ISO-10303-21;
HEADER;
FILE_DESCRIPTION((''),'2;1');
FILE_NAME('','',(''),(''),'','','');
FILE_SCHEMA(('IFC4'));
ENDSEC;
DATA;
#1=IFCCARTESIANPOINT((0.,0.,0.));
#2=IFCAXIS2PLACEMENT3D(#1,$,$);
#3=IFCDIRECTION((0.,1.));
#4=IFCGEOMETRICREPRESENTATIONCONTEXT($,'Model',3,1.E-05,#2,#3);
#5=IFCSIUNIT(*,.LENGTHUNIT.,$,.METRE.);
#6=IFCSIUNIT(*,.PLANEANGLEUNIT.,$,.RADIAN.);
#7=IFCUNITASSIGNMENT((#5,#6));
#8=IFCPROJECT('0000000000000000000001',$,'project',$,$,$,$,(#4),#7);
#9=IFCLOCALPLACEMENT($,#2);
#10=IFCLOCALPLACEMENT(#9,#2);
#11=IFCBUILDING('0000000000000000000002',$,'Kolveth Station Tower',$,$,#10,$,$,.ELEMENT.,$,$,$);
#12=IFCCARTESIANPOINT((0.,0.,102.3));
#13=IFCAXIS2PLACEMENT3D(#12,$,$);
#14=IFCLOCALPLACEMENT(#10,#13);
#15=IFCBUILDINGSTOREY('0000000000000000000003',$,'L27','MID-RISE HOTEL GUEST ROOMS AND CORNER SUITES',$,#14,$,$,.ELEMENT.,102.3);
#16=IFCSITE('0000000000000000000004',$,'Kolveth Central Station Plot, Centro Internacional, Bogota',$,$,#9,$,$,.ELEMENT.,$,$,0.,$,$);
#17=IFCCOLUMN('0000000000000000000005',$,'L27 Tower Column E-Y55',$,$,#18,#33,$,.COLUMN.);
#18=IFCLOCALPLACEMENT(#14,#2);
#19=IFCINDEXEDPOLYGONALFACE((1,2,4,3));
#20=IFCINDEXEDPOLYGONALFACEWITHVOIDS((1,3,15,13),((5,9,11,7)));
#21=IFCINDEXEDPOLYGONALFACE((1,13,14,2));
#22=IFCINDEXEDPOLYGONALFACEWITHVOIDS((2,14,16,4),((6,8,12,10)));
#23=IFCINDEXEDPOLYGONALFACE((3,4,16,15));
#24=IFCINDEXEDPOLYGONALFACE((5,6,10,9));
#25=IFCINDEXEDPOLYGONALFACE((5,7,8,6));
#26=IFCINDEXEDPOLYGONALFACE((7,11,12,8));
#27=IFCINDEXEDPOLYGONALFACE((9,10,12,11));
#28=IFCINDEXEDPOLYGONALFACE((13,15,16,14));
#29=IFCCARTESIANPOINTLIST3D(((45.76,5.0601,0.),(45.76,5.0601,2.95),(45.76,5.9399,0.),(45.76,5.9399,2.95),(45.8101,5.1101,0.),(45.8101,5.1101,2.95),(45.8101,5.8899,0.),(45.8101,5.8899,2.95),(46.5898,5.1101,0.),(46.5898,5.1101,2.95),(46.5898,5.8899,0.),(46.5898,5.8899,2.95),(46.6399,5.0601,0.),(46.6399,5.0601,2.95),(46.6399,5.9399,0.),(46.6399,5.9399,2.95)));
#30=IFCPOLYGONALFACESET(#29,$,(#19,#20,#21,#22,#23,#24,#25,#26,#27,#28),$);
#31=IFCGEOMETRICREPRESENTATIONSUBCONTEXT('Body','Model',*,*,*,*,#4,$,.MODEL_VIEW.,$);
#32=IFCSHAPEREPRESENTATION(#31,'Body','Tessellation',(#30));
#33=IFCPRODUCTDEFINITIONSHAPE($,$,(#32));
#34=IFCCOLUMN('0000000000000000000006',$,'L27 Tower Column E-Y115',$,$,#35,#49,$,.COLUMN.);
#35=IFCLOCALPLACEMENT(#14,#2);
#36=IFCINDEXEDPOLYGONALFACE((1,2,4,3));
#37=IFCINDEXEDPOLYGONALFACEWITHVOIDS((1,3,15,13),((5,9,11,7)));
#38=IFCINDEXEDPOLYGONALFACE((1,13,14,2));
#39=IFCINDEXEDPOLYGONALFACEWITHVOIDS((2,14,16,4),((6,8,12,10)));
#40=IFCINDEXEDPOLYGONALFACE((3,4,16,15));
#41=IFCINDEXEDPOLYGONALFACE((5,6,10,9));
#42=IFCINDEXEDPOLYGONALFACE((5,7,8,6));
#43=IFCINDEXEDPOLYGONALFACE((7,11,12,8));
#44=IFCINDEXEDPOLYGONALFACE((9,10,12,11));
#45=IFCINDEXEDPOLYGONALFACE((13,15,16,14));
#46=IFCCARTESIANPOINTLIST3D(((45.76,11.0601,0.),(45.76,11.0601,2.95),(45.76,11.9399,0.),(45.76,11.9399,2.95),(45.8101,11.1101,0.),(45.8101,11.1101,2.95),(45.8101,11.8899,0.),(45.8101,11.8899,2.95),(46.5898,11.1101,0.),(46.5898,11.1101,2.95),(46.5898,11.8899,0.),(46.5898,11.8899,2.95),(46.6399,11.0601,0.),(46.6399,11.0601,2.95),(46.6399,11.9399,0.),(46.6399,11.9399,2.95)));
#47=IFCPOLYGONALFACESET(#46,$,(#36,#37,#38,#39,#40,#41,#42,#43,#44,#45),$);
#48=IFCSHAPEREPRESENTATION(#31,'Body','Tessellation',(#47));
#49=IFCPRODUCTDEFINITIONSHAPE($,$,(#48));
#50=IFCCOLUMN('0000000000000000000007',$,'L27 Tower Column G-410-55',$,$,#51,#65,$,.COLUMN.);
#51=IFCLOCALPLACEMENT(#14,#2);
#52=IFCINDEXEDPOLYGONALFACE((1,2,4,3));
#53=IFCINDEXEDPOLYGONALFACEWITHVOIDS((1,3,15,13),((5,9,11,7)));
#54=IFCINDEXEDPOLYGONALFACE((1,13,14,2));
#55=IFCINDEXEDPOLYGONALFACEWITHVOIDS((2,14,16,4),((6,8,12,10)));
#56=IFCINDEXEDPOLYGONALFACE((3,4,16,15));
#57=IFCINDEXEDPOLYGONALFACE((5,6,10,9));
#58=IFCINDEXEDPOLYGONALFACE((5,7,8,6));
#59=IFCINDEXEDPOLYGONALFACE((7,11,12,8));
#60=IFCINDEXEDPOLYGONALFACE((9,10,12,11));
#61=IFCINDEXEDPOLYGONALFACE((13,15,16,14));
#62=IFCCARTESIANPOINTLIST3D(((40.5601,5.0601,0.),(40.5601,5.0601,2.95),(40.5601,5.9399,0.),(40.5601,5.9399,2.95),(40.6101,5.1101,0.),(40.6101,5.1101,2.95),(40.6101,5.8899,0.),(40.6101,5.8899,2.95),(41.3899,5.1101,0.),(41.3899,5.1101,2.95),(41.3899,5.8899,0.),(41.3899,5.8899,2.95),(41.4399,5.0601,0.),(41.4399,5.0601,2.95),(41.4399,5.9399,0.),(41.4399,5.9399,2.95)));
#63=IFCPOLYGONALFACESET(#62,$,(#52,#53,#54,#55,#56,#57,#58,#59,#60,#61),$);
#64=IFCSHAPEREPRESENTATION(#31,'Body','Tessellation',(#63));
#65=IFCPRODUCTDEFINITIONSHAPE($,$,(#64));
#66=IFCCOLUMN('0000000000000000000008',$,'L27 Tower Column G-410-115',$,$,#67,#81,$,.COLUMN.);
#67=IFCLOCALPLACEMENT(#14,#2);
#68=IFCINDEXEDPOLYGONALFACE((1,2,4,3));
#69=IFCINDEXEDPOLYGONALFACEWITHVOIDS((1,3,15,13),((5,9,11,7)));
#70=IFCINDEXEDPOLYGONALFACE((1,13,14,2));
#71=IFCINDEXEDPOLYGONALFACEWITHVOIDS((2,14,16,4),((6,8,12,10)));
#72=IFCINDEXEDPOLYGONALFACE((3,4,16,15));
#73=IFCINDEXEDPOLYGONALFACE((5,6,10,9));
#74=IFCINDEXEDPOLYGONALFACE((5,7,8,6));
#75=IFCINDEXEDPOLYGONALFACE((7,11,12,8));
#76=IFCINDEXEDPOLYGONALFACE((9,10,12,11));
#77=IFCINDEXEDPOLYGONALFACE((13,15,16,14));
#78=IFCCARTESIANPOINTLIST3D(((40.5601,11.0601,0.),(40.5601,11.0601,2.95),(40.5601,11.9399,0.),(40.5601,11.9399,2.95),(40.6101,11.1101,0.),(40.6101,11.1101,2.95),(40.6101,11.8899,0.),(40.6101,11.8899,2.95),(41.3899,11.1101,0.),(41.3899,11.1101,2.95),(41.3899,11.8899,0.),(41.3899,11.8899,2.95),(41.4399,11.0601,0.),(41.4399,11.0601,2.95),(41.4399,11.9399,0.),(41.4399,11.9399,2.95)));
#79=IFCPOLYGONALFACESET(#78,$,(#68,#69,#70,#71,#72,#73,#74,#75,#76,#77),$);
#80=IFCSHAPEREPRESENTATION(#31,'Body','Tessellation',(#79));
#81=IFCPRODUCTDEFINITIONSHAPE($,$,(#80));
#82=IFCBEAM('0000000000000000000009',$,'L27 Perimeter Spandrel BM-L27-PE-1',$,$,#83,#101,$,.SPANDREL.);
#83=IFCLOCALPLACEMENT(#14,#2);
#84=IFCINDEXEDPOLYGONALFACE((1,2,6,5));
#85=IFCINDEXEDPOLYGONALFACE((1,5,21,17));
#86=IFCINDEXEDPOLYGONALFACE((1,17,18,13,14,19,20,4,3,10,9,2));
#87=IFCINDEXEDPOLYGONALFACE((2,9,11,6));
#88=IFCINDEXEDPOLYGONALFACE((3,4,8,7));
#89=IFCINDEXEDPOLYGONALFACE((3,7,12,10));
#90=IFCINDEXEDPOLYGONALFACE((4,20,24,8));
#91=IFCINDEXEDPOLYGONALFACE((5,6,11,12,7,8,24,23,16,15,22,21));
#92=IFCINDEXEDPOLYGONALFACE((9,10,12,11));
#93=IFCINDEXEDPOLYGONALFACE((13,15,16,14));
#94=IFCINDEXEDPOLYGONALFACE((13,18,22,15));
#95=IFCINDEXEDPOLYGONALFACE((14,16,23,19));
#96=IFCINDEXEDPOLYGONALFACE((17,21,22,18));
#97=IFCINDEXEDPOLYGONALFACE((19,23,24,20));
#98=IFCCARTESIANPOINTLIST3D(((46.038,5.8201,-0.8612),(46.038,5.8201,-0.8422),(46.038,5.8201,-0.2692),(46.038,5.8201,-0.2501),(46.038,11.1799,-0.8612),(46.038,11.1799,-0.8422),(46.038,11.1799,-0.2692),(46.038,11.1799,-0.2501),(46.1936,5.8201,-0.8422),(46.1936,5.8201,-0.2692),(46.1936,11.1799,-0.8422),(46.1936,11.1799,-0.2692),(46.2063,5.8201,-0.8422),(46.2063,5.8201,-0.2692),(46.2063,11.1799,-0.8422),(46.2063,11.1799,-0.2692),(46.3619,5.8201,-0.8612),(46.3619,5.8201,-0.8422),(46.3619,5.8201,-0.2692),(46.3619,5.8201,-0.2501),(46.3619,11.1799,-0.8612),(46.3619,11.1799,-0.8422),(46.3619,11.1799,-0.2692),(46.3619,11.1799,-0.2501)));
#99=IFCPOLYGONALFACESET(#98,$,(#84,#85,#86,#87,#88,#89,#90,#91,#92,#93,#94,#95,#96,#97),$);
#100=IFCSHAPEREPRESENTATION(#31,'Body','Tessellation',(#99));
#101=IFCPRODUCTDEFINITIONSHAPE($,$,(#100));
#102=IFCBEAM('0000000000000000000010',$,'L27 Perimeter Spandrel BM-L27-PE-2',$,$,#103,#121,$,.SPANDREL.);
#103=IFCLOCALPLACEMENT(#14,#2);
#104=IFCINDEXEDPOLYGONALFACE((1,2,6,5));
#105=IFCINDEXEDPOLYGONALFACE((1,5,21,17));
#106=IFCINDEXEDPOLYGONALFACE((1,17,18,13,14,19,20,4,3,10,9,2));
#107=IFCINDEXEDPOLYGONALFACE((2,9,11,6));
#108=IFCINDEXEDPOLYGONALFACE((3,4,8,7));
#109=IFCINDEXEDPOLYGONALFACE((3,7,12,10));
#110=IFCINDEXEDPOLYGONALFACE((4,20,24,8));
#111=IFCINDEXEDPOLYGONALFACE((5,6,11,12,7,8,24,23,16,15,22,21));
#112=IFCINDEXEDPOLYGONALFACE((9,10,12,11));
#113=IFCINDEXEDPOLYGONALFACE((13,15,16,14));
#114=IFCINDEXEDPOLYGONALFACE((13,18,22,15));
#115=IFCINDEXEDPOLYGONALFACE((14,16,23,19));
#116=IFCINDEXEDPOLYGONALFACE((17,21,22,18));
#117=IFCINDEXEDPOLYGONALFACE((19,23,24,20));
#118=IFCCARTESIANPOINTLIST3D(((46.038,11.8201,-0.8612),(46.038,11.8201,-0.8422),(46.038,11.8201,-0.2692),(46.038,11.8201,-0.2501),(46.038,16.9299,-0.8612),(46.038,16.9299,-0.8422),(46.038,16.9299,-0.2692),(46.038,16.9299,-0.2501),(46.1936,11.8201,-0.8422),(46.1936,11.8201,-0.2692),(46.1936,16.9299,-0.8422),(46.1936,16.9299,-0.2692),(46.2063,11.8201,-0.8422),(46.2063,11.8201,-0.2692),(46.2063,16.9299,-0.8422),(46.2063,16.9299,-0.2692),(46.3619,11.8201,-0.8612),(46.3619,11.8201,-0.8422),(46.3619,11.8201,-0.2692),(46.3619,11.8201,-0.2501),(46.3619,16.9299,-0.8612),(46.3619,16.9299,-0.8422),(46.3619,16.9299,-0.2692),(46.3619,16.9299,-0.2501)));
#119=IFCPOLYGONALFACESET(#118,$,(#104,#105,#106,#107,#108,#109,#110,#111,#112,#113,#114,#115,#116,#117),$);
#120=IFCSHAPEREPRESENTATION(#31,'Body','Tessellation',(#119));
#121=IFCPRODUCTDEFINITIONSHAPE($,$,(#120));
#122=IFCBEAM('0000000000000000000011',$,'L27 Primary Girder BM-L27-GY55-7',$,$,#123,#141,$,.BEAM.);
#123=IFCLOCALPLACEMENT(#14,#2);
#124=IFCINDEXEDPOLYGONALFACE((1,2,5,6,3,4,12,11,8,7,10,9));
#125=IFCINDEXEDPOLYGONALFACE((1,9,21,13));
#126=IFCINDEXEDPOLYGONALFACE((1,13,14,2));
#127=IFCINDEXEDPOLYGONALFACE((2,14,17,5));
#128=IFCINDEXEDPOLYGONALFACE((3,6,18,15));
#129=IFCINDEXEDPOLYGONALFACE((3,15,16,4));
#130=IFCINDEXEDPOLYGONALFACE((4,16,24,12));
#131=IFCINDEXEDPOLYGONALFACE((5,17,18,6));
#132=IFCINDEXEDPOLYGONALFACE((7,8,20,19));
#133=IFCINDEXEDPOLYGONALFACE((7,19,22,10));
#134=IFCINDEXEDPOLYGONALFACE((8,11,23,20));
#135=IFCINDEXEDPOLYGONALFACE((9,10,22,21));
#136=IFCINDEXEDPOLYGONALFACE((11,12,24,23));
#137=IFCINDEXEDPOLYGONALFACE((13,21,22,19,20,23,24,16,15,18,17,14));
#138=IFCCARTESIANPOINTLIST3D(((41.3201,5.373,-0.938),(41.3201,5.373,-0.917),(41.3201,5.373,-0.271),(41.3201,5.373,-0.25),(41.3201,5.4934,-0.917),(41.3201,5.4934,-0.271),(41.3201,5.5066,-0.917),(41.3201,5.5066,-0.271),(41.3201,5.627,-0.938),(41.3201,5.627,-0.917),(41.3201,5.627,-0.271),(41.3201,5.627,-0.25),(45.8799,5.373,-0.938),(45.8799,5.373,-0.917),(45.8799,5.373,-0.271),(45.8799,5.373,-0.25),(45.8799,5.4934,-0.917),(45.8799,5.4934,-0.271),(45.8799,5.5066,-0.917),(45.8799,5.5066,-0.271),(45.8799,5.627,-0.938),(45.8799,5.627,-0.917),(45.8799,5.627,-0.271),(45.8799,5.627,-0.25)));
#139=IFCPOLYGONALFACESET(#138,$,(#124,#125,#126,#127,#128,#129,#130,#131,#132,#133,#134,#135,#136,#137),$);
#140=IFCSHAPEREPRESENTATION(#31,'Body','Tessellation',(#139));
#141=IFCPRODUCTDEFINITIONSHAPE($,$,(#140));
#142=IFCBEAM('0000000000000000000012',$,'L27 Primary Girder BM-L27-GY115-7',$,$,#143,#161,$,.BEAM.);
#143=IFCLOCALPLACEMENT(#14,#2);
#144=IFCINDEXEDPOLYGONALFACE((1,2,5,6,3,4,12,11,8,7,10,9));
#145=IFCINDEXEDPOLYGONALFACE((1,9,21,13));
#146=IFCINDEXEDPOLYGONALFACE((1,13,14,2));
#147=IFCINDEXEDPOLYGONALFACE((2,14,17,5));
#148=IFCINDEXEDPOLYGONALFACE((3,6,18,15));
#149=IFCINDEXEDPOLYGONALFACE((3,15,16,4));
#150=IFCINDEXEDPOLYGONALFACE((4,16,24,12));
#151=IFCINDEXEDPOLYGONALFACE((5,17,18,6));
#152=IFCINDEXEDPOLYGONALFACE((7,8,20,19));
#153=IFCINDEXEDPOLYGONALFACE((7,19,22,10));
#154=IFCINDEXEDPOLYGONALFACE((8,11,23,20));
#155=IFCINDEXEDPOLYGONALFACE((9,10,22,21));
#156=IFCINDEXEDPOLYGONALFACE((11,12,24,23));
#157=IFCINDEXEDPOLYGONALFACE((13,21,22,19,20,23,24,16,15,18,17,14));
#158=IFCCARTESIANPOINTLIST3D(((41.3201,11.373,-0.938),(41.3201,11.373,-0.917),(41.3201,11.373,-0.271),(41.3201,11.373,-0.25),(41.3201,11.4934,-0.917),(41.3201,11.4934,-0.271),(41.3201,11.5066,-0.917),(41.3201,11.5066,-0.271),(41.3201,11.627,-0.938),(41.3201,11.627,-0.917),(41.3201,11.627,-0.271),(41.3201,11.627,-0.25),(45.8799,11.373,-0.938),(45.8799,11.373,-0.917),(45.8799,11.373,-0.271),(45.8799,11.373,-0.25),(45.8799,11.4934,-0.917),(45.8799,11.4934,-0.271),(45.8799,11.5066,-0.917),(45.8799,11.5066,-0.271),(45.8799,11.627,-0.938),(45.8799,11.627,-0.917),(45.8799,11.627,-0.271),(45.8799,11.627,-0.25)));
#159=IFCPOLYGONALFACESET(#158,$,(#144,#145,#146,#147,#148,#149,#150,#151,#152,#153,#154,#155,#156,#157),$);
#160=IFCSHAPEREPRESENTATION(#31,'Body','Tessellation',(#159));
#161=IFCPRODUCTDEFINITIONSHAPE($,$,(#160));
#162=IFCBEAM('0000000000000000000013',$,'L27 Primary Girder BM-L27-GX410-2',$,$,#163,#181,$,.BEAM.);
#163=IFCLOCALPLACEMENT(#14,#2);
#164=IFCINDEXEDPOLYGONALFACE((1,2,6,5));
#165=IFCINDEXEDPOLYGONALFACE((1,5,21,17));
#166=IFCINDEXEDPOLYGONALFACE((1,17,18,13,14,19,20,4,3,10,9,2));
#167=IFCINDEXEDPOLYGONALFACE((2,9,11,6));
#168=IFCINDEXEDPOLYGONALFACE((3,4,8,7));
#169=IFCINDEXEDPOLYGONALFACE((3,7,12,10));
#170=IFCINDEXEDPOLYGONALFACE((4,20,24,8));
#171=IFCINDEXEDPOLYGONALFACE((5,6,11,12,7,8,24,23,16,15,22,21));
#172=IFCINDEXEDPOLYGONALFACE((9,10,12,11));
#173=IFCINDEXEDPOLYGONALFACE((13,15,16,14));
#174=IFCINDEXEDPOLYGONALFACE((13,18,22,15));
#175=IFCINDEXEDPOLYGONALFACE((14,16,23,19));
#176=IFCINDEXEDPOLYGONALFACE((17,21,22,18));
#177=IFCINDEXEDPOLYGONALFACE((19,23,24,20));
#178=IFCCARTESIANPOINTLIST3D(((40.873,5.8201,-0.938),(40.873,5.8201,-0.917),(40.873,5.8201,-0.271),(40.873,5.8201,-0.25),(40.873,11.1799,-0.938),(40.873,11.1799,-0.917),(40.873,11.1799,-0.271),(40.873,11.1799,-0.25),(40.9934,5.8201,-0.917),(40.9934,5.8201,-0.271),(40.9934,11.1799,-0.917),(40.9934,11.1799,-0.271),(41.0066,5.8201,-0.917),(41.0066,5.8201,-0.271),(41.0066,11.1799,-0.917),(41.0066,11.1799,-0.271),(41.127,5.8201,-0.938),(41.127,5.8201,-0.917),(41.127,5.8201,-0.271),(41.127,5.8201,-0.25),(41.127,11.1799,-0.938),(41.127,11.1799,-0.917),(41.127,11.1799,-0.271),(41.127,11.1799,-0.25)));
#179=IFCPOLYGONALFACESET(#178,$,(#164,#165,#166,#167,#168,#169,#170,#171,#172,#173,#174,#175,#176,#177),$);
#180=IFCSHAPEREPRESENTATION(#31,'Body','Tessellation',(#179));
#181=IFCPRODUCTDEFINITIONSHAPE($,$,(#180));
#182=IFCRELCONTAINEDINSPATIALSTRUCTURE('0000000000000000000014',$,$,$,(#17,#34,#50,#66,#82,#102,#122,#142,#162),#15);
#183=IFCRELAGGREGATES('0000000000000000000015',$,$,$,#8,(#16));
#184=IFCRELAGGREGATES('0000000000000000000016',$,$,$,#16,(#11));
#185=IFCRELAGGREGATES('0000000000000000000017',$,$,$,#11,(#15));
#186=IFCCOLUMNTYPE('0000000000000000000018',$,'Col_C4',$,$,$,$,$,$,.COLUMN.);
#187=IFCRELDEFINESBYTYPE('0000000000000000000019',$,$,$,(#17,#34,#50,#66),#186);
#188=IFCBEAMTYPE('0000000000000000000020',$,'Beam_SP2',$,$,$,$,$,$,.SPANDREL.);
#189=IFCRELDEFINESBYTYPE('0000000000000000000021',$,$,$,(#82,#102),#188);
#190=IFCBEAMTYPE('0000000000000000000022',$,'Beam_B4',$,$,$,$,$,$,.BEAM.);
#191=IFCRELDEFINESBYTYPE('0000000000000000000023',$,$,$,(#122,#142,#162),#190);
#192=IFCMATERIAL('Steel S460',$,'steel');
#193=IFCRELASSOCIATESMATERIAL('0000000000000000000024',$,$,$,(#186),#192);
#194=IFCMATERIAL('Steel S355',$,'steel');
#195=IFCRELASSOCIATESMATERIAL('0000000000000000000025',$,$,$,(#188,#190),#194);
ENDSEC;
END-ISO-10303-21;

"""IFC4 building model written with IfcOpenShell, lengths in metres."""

from ifc_helpers import new_model, si_unit, direction, frame, origin, origin_2d, place, context, subcontext, project, spatial, hollow_rectangle, i_section, extrude, source, transform, mapped, material, material_profile, profile_set, type_object, element, save


model = new_model("IFC4")

# Units and contexts
model_context = context("Model", 3, precision=1e-05, world=origin(), true_north=direction((0.0, 1.0)))
body_context = subcontext(model_context, "Body", "Model", "MODEL_VIEW")
ifc_project = project(units=[si_unit("LENGTHUNIT", "METRE"), si_unit("PLANEANGLEUNIT", "RADIAN")], contexts=[model_context])

# Site, building, storey
site_placement = place(None, origin())
site = spatial("IfcSite", under=ifc_project, at=site_placement, Name="Kolveth Central Station Plot, Centro Internacional, Bogota", CompositionType="ELEMENT", RefElevation=0.0)
building_placement = place(site_placement, origin())
building = spatial("IfcBuilding", under=site, at=building_placement, Name="Kolveth Station Tower", CompositionType="ELEMENT")
storey_placement = place(building_placement, frame((0.0, 0.0, 102.3)))
storey = spatial("IfcBuildingStorey", under=building, at=storey_placement, Name="L27", Description="MID-RISE HOTEL GUEST ROOMS AND CORNER SUITES", CompositionType="ELEMENT", Elevation=102.3)

# Columns
ifc_material_1 = material(Name="Steel S460", Category="steel")
ifc_material_profile_1 = material_profile(ifc_material_1, hollow_rectangle(XDim=0.8799, YDim=0.8799, WallThickness=0.05, at=origin_2d()), Name="BOX880x880x50")
ifc_profile_set_1 = profile_set([ifc_material_profile_1], Name="Steel S460")
column_type = type_object("IfcColumnType", Name="Col_C4", PredefinedType="COLUMN", material=ifc_profile_set_1)
shared_shape_1 = source(origin(), body_context, "Body", "SweptSolid", [
    extrude(hollow_rectangle(XDim=0.8799, YDim=0.8799, WallThickness=0.05, at=origin_2d()), origin(), (0.0, 0.0, 1.0), 2.95),
])
for number, where, z_axis, x_axis, name in (
    (1, (46.2, 5.5, 0.0), (0.0, 0.0, 1.0), (1.0, 0.0, 0.0), "L27 Tower Column E-Y55"),
    (2, (46.2, 11.5, 0.0), (0.0, 0.0, 1.0), (1.0, 0.0, 0.0), "L27 Tower Column E-Y115"),
    (3, (41.0, 5.5, 0.0), (0.0, 0.0, 1.0), (1.0, 0.0, 0.0), "L27 Tower Column G-410-55"),
    (4, (41.0, 11.5, 0.0), (0.0, 0.0, 1.0), (1.0, 0.0, 0.0), "L27 Tower Column G-410-115"),
):
    element("IfcColumn", number, at=place(storey_placement, frame(where, z_axis=z_axis, x_axis=x_axis)), inside=storey, type_object=column_type, Name=name, PredefinedType="COLUMN", context=body_context, shape_type="MappedRepresentation", body=[
        mapped(shared_shape_1, transform((0.0, 0.0, 0.0), x_axis=(1.0, 0.0, 0.0), y_axis=(0.0, 1.0, 0.0), z_axis=(0.0, 0.0, 1.0), scale=1.0)),
    ])

# Beams
ifc_material_2 = material(Name="Steel S355", Category="steel")
ifc_material_profile_2 = material_profile(ifc_material_2, i_section(OverallWidth=0.324, OverallDepth=0.6111, WebThickness=0.0127, FlangeThickness=0.019, at=origin_2d()), Name="W610x155")
ifc_profile_set_2 = profile_set([ifc_material_profile_2], Name="Steel S355")
beam_type_1 = type_object("IfcBeamType", Name="Beam_SP2", PredefinedType="SPANDREL", material=ifc_profile_set_2)
shared_shape_2 = source(origin(), body_context, "Body", "SweptSolid", [
    extrude(i_section(OverallWidth=0.324, OverallDepth=0.6111, WebThickness=0.0127, FlangeThickness=0.019, at=origin_2d()), origin(), (0.0, 0.0, 1.0), 5.3599),
])
beam_1_placement = place(storey_placement, frame((46.2, 5.8201, -0.5557), z_axis=(0.0, 1.0, 0.0), x_axis=(-1.0, 0.0, 0.0)))
element("IfcBeam", 5, at=beam_1_placement, inside=storey, type_object=beam_type_1, Name="L27 Perimeter Spandrel BM-L27-PE-1", PredefinedType="SPANDREL", context=body_context, shape_type="MappedRepresentation", body=[
    mapped(shared_shape_2, transform((0.0, 0.0, 0.0), x_axis=(1.0, 0.0, 0.0), y_axis=(0.0, 1.0, 0.0), z_axis=(0.0, 0.0, 1.0), scale=1.0)),
])
shared_shape_3 = source(origin(), body_context, "Body", "SweptSolid", [
    extrude(i_section(OverallWidth=0.324, OverallDepth=0.6111, WebThickness=0.0127, FlangeThickness=0.019, at=origin_2d()), origin(), (0.0, 0.0, 1.0), 5.1099),
])
beam_2_placement = place(storey_placement, frame((46.2, 11.8201, -0.5557), z_axis=(0.0, 1.0, 0.0), x_axis=(-1.0, 0.0, 0.0)))
element("IfcBeam", 6, at=beam_2_placement, inside=storey, type_object=beam_type_1, Name="L27 Perimeter Spandrel BM-L27-PE-2", PredefinedType="SPANDREL", context=body_context, shape_type="MappedRepresentation", body=[
    mapped(shared_shape_3, transform((0.0, 0.0, 0.0), x_axis=(1.0, 0.0, 0.0), y_axis=(0.0, 1.0, 0.0), z_axis=(0.0, 0.0, 1.0), scale=1.0)),
])
ifc_material_profile_3 = material_profile(ifc_material_2, i_section(OverallWidth=0.2539, OverallDepth=0.688, WebThickness=0.0132, FlangeThickness=0.021, at=origin_2d()), Name="W690x152")
ifc_profile_set_3 = profile_set([ifc_material_profile_3], Name="Steel S355")
beam_type_2 = type_object("IfcBeamType", Name="Beam_B4", PredefinedType="BEAM", material=ifc_profile_set_3)
shared_shape_4 = source(origin(), body_context, "Body", "SweptSolid", [
    extrude(i_section(OverallWidth=0.2539, OverallDepth=0.688, WebThickness=0.0132, FlangeThickness=0.021, at=origin_2d()), origin(), (0.0, 0.0, 1.0), 4.5598),
])
for number, where, z_axis, x_axis, name in (
    (7, (41.3201, 5.5, -0.594), (1.0, 0.0, 0.0), (0.0, 1.0, 0.0), "L27 Primary Girder BM-L27-GY55-7"),
    (8, (41.3201, 11.5, -0.594), (1.0, 0.0, 0.0), (0.0, 1.0, 0.0), "L27 Primary Girder BM-L27-GY115-7"),
):
    element("IfcBeam", number, at=place(storey_placement, frame(where, z_axis=z_axis, x_axis=x_axis)), inside=storey, type_object=beam_type_2, Name=name, PredefinedType="BEAM", context=body_context, shape_type="MappedRepresentation", body=[
        mapped(shared_shape_4, transform((0.0, 0.0, 0.0), x_axis=(1.0, 0.0, 0.0), y_axis=(0.0, 1.0, 0.0), z_axis=(0.0, 0.0, 1.0), scale=1.0)),
    ])
shared_shape_5 = source(origin(), body_context, "Body", "SweptSolid", [
    extrude(i_section(OverallWidth=0.2539, OverallDepth=0.688, WebThickness=0.0132, FlangeThickness=0.021, at=origin_2d()), origin(), (0.0, 0.0, 1.0), 5.3599),
])
beam_3_placement = place(storey_placement, frame((41.0, 5.8201, -0.594), z_axis=(0.0, 1.0, 0.0), x_axis=(-1.0, 0.0, 0.0)))
element("IfcBeam", 9, at=beam_3_placement, inside=storey, type_object=beam_type_2, Name="L27 Primary Girder BM-L27-GX410-2", PredefinedType="BEAM", context=body_context, shape_type="MappedRepresentation", body=[
    mapped(shared_shape_5, transform((0.0, 0.0, 0.0), x_axis=(1.0, 0.0, 0.0), y_axis=(0.0, 1.0, 0.0), z_axis=(0.0, 0.0, 1.0), scale=1.0)),
])

save(model, "model.ifc")
